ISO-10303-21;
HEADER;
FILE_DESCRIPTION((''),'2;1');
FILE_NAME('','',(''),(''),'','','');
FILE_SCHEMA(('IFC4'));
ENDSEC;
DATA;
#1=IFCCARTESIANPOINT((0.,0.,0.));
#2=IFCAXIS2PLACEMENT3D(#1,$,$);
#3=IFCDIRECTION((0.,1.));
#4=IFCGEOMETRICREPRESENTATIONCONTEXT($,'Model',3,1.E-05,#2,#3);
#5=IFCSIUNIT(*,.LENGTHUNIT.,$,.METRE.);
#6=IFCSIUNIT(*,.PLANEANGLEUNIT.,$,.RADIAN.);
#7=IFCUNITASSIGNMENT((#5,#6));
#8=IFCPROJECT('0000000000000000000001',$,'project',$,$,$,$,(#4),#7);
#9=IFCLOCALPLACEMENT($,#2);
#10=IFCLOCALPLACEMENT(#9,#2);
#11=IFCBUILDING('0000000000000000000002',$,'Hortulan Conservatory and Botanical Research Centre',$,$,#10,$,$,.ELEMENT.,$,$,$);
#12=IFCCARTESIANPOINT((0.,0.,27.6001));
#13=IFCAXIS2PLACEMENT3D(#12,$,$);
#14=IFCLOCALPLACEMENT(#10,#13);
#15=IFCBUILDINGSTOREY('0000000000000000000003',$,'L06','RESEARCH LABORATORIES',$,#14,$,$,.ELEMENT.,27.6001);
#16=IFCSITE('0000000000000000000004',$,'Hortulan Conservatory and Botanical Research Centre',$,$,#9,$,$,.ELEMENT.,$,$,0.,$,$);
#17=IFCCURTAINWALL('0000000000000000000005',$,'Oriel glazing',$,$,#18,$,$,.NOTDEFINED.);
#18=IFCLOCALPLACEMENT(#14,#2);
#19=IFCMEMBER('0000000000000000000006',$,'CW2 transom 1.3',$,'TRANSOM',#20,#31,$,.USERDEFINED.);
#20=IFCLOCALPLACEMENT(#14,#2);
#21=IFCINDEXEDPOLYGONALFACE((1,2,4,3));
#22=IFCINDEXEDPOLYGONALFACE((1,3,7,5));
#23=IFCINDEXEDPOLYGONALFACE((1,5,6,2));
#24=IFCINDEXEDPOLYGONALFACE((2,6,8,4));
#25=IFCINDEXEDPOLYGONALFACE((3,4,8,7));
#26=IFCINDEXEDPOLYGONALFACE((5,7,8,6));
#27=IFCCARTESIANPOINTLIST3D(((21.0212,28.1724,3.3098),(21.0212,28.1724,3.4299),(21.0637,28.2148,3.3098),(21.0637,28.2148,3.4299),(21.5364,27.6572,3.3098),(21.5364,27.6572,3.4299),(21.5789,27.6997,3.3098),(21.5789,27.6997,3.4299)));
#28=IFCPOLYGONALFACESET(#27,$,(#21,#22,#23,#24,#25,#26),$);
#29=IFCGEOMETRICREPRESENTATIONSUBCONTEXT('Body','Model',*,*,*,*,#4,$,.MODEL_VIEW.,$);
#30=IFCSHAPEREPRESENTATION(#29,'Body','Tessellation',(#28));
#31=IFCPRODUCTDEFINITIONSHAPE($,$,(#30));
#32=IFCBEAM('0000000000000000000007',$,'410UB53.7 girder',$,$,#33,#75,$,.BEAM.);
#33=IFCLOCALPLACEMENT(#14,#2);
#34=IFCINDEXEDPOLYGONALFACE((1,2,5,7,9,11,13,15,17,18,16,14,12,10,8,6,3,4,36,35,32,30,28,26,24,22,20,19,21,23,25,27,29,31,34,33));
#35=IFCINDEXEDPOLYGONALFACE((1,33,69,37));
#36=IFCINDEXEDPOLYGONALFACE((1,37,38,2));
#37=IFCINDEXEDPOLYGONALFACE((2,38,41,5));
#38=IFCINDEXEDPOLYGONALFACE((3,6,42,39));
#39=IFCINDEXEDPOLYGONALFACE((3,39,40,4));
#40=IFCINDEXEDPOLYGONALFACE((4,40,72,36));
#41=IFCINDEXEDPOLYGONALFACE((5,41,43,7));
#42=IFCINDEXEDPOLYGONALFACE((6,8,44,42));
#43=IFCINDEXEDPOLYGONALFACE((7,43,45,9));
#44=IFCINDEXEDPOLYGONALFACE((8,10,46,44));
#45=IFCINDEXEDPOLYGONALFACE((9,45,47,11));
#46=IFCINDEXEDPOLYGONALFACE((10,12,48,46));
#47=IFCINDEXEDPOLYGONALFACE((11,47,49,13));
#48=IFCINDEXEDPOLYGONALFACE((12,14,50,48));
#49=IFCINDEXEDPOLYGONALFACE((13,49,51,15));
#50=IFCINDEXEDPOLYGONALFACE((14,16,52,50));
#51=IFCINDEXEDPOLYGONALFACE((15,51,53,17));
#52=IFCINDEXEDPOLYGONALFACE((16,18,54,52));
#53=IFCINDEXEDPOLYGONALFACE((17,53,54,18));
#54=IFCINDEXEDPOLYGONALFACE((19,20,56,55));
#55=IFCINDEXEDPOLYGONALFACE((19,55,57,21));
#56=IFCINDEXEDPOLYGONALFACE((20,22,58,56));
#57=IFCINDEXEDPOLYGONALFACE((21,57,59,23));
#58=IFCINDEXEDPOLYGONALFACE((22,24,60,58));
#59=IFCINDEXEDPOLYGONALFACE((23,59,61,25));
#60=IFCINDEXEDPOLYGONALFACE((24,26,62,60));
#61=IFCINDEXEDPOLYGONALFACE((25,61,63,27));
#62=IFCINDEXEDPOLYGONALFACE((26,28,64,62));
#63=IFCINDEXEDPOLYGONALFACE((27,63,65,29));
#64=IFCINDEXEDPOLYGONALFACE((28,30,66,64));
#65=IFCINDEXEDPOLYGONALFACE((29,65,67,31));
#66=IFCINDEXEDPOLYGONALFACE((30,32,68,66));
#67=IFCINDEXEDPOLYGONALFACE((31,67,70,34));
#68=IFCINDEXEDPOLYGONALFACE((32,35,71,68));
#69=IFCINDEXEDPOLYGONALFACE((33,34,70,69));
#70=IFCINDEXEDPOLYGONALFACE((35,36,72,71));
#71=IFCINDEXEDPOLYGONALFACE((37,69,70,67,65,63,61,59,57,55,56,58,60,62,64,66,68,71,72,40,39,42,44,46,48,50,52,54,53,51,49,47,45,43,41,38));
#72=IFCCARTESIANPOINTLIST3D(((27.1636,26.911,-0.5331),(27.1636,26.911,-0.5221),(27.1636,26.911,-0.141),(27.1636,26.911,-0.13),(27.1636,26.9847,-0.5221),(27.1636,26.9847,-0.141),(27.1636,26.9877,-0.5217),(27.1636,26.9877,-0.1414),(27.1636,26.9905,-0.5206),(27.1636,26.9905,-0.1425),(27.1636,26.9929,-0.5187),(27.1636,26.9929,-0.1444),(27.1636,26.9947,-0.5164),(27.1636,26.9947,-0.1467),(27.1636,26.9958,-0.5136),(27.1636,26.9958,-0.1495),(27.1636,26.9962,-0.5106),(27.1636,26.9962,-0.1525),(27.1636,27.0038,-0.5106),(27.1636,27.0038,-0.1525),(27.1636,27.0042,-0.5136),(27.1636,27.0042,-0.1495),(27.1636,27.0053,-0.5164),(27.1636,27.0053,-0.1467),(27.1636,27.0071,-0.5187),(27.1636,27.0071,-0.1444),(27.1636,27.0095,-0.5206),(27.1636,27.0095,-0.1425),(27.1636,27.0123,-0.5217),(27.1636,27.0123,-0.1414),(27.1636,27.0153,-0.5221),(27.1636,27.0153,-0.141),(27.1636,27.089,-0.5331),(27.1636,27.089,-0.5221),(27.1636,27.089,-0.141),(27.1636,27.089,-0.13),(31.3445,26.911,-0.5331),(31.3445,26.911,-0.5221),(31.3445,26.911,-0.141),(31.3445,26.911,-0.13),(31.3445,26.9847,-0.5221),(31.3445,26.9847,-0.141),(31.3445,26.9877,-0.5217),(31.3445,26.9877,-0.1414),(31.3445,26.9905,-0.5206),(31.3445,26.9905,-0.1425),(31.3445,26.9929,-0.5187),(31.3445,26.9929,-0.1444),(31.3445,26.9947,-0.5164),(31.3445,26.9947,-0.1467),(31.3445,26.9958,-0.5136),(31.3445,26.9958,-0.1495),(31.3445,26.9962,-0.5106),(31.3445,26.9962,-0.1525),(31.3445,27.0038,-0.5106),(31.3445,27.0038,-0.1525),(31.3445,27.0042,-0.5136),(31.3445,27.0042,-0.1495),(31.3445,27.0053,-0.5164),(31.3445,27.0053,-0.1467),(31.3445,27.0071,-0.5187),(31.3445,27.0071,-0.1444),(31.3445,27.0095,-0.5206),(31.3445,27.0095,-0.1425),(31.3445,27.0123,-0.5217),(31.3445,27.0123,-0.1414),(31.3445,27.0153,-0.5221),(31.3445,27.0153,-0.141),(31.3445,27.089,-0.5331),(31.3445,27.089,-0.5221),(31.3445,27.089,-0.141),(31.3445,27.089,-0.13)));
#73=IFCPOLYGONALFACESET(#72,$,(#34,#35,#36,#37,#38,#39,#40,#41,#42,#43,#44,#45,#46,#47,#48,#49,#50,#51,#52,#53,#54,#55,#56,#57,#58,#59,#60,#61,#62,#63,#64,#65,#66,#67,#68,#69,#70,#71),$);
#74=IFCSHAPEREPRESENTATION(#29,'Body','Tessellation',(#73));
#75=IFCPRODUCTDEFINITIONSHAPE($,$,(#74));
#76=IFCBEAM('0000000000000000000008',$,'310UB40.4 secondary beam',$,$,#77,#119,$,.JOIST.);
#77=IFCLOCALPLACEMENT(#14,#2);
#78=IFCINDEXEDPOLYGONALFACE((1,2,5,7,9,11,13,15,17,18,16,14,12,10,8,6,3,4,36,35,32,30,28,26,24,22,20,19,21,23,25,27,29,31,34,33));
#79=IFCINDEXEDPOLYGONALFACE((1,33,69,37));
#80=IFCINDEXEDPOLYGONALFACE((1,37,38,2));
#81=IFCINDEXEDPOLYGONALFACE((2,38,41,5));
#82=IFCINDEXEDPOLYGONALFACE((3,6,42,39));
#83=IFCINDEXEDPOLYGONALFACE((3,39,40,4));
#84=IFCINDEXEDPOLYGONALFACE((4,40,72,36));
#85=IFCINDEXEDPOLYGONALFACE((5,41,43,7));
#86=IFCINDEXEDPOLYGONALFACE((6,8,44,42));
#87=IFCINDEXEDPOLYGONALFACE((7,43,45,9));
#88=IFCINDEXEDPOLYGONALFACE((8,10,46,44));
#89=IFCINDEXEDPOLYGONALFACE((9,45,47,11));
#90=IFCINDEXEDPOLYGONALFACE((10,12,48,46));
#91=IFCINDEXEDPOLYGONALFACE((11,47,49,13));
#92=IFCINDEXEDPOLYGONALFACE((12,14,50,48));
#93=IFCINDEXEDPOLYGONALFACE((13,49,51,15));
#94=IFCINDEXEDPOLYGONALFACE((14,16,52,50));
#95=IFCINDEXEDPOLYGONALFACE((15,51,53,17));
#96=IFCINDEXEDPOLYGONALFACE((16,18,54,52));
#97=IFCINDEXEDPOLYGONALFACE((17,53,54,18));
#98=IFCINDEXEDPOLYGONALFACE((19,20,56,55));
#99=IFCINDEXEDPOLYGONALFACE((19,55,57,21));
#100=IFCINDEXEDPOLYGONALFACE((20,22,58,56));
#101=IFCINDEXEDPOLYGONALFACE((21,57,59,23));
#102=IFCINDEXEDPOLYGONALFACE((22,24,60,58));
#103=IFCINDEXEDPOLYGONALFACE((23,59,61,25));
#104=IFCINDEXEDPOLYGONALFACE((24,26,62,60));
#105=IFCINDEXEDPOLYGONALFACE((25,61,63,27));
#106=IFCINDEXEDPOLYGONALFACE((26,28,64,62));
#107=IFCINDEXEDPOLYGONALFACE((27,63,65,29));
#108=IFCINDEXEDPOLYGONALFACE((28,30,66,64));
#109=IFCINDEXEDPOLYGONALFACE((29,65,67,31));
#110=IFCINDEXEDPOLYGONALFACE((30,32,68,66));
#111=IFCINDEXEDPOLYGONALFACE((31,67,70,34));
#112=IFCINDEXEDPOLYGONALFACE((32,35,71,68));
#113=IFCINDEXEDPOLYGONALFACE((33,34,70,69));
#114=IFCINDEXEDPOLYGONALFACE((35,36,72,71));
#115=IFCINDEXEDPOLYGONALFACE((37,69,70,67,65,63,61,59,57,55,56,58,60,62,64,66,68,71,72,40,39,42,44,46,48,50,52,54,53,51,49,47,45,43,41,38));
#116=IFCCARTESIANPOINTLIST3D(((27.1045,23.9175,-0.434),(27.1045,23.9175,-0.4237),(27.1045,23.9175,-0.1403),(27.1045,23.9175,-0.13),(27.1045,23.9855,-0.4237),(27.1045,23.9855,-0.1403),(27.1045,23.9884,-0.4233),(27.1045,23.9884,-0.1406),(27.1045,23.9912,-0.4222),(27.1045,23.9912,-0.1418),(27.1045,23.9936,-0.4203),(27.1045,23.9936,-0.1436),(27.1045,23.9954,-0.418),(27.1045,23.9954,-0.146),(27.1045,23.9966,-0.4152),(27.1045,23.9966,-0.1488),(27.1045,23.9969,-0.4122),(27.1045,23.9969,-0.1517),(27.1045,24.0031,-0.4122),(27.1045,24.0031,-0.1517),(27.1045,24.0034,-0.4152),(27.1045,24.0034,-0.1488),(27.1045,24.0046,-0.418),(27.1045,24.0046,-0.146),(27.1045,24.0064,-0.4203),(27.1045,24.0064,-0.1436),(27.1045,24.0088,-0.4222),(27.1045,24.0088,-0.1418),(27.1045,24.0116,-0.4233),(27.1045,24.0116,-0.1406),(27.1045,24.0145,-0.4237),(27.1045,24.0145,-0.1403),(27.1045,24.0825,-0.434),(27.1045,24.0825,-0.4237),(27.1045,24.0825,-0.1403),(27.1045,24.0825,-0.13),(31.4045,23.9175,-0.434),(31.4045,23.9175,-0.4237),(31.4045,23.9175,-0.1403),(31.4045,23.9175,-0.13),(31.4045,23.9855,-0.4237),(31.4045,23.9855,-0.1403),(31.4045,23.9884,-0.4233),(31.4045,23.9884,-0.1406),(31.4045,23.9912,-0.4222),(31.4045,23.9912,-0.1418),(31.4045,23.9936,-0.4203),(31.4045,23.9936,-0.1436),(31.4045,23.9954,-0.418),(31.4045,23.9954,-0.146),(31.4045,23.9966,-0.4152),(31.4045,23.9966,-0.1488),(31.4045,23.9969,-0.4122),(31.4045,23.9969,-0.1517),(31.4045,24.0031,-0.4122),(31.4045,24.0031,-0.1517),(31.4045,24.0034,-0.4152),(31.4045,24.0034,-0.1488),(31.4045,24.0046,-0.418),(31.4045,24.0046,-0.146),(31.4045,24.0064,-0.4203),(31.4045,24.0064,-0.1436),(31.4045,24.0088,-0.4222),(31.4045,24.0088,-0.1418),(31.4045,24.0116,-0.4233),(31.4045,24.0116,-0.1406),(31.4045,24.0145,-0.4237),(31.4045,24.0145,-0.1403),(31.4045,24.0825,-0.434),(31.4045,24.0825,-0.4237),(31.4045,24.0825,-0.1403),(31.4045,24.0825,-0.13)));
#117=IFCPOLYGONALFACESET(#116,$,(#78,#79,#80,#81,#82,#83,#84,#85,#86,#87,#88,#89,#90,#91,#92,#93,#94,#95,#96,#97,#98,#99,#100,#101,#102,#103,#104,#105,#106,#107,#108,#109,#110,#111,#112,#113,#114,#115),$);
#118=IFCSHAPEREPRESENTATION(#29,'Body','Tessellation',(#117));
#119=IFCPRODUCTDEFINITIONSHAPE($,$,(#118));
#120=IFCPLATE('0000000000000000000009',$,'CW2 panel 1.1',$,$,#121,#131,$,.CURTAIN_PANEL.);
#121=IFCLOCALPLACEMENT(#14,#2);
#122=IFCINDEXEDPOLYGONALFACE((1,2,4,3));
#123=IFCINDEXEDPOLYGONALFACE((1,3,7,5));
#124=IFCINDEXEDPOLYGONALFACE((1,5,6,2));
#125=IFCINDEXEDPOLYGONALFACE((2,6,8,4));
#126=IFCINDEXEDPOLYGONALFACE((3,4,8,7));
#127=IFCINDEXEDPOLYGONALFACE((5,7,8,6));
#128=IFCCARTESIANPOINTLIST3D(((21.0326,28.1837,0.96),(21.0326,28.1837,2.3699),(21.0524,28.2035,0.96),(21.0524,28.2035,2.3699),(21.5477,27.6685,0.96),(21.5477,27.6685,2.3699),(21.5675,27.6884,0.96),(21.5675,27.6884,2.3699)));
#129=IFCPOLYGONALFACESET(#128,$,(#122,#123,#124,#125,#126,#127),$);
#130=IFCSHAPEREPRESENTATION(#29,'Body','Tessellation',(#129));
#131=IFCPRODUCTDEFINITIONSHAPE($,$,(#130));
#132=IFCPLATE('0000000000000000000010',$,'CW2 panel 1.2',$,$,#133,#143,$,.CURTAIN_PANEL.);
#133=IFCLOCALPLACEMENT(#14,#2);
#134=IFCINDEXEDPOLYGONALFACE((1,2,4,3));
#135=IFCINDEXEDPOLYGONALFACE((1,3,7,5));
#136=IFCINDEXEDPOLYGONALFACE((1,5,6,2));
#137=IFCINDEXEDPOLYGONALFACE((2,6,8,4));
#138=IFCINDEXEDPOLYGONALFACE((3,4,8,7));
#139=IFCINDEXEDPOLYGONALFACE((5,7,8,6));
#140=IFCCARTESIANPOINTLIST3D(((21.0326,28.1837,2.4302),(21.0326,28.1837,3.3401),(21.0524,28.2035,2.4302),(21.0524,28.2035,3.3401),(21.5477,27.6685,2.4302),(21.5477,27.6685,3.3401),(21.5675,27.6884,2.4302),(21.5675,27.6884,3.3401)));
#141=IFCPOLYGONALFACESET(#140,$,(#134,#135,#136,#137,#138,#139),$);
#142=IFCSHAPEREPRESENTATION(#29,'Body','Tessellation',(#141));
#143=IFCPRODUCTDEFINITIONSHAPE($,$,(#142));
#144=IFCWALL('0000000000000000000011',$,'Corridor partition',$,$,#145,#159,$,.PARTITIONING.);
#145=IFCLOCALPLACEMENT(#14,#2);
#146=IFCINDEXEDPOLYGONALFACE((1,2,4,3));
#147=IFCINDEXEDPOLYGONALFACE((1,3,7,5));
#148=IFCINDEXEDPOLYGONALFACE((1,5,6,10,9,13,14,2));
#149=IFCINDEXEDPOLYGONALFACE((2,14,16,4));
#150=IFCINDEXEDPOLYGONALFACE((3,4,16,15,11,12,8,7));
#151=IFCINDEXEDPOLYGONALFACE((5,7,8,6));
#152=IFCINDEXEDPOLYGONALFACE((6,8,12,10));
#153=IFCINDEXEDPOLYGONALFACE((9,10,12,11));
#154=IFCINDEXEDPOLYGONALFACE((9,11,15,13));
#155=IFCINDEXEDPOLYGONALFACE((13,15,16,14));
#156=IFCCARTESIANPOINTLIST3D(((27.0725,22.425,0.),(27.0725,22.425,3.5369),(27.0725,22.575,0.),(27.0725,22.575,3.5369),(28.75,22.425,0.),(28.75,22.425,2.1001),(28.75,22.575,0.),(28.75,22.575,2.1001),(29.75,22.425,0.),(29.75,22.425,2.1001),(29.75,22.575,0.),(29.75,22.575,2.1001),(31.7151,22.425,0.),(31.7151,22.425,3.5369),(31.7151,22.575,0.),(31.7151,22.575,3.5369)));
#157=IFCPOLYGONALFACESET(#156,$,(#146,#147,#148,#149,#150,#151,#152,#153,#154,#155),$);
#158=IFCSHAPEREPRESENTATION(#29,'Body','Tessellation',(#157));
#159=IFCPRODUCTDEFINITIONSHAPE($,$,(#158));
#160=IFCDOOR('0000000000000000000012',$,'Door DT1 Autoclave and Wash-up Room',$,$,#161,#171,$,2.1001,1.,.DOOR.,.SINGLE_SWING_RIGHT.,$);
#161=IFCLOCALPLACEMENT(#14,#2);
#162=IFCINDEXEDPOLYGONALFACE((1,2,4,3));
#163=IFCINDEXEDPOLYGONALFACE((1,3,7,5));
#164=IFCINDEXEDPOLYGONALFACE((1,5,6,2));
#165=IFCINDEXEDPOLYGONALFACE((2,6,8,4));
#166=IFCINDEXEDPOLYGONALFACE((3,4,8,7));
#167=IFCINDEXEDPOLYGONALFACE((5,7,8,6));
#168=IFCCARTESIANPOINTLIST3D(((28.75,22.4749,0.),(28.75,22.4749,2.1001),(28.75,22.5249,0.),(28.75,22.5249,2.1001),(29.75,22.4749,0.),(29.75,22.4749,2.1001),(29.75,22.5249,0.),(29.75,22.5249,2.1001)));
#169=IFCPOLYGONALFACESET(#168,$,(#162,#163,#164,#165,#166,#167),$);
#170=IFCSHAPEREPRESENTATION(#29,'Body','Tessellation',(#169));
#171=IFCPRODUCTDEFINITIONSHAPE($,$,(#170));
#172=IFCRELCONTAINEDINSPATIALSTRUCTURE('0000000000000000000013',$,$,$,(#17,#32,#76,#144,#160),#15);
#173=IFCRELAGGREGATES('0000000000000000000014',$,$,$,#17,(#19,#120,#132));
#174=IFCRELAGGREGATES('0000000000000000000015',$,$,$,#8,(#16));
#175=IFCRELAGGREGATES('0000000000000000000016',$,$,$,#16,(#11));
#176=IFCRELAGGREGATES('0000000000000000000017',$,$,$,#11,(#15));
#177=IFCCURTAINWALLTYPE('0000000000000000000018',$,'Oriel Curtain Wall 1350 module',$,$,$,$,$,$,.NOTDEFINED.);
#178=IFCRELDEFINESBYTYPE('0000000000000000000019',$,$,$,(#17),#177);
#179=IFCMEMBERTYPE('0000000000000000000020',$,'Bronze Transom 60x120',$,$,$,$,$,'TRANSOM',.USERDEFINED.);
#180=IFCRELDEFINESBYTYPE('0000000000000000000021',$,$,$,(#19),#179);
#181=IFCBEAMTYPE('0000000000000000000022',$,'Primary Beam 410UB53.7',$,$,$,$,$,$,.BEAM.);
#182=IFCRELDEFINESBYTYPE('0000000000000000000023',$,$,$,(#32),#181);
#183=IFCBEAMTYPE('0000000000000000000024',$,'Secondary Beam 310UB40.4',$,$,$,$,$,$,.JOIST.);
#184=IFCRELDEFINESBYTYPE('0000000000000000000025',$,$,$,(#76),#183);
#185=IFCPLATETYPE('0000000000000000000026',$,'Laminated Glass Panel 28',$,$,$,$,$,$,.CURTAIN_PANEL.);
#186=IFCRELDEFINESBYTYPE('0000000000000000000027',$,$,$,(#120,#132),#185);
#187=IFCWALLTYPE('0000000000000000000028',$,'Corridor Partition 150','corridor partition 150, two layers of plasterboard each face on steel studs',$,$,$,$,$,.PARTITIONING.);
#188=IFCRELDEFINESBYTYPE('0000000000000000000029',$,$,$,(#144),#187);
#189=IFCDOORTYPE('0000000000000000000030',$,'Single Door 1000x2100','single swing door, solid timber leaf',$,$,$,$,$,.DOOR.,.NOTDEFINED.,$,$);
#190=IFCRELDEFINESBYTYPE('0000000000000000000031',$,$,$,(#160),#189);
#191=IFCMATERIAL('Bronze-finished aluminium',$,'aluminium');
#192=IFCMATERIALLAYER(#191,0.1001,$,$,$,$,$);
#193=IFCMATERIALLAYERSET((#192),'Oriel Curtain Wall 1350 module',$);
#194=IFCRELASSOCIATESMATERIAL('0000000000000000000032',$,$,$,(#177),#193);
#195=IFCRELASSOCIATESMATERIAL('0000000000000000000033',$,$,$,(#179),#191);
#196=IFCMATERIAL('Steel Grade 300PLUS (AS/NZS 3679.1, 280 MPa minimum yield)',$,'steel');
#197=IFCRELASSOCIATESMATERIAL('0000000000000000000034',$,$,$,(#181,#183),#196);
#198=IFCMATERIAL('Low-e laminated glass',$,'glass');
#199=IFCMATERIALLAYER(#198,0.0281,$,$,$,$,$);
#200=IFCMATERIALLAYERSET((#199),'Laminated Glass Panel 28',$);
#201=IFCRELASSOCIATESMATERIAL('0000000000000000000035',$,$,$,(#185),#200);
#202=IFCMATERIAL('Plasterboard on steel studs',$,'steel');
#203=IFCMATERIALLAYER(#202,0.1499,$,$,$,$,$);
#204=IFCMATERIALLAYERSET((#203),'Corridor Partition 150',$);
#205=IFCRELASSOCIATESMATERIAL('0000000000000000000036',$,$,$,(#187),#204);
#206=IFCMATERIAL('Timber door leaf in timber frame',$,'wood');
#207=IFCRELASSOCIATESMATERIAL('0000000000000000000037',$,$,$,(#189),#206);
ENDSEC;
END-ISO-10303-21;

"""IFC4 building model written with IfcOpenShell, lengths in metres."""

from ifc_helpers import new_model, si_unit, direction, frame, frame_2d, origin, origin_2d, place, context, subcontext, project, spatial, rectangle, i_section, extrude, material, layer, layer_set, material_profile, profile_set, type_object, element, fill, aggregate, save


model = new_model("IFC4")

# Units and contexts
model_context = context("Model", 3, precision=1e-05, world=origin(), true_north=direction((0.0, 1.0)))
body_context = subcontext(model_context, "Body", "Model", "MODEL_VIEW")
ifc_project = project(units=[si_unit("LENGTHUNIT", "METRE"), si_unit("PLANEANGLEUNIT", "RADIAN")], contexts=[model_context])

# Site, building, storey
site_placement = place(None, origin())
site = spatial("IfcSite", under=ifc_project, at=site_placement, Name="Hortulan Conservatory and Botanical Research Centre", CompositionType="ELEMENT", RefElevation=0.0)
building_placement = place(site_placement, origin())
building = spatial("IfcBuilding", under=site, at=building_placement, Name="Hortulan Conservatory and Botanical Research Centre", CompositionType="ELEMENT")
storey_placement = place(building_placement, frame((0.0, 0.0, 27.6001)))
storey = spatial("IfcBuildingStorey", under=building, at=storey_placement, Name="L06", Description="RESEARCH LABORATORIES", CompositionType="ELEMENT", Elevation=27.6001)

# Shared definitions
ifc_material_1 = material(Name="Steel Grade 300PLUS (AS/NZS 3679.1, 280 MPa minimum yield)", Category="steel")

# Curtain wall, member
ifc_material_2 = material(Name="Bronze-finished aluminium", Category="aluminium")
ifc_layer_1 = layer(ifc_material_2, 0.1001)
ifc_layer_set_1 = layer_set([ifc_layer_1], Name="Oriel Curtain Wall 1350 module")
curtain_wall_type = type_object("IfcCurtainWallType", Name="Oriel Curtain Wall 1350 module", PredefinedType="NOTDEFINED", material=ifc_layer_set_1)
curtain_wall_placement = place(storey_placement, origin())
curtain_wall = element("IfcCurtainWall", 1, at=curtain_wall_placement, inside=storey, type_object=curtain_wall_type, Name="Oriel glazing", PredefinedType="NOTDEFINED")
ifc_material_profile_1 = material_profile(ifc_material_2, rectangle(XDim=0.0601, YDim=0.1201, at=origin_2d()), Name="Bronze Transom 60x120")
ifc_profile_set_1 = profile_set([ifc_material_profile_1], Name="Bronze-finished aluminium")
member_type_1 = type_object("IfcMemberType", Name="Bronze Transom 60x120", ElementType="TRANSOM", PredefinedType="USERDEFINED", material=ifc_profile_set_1)
member_1_placement = place(storey_placement, frame((21.0425, 28.1936, 3.3699), z_axis=(0.707107, -0.707107, 0.0), x_axis=(0.707107, 0.707107, 0.0)))
member_1 = element("IfcMember", 2, at=member_1_placement, type_object=member_type_1, Name="CW2 transom 1.3", ObjectType="TRANSOM", PredefinedType="USERDEFINED", context=body_context, shape_type="SweptSolid", body=[
    extrude(rectangle(XDim=0.0601, YDim=0.1201, at=origin_2d()), origin(), (0.0, 0.0, 1.0), 0.7285),
])

# Beams
ifc_material_profile_2 = material_profile(ifc_material_1, i_section(OverallWidth=0.178, OverallDepth=0.4031, WebThickness=0.0076, FlangeThickness=0.011, FilletRadius=0.0115, at=origin_2d()), Name="410UB53.7")
ifc_profile_set_2 = profile_set([ifc_material_profile_2], Name="Steel Grade 300PLUS (AS/NZS 3679.1, 280 MPa minimum yield)")
beam_type_1 = type_object("IfcBeamType", Name="Primary Beam 410UB53.7", PredefinedType="BEAM", material=ifc_profile_set_2)
beam_1_placement = place(storey_placement, frame((27.1636, 27.0, -0.3315), z_axis=(1.0, 0.0, 0.0), x_axis=(0.0, 1.0, 0.0)))
element("IfcBeam", 3, at=beam_1_placement, inside=storey, type_object=beam_type_1, Name="410UB53.7 girder", PredefinedType="BEAM", context=body_context, shape_type="SweptSolid", body=[
    extrude(i_section(OverallWidth=0.178, OverallDepth=0.4031, WebThickness=0.0076, FlangeThickness=0.011, FilletRadius=0.0115, at=origin_2d()), origin(), (0.0, 0.0, 1.0), 4.1809),
])
ifc_material_profile_3 = material_profile(ifc_material_1, i_section(OverallWidth=0.165, OverallDepth=0.304, WebThickness=0.0061, FlangeThickness=0.0103, FilletRadius=0.0115, at=origin_2d()), Name="310UB40.4")
ifc_profile_set_3 = profile_set([ifc_material_profile_3], Name="Steel Grade 300PLUS (AS/NZS 3679.1, 280 MPa minimum yield)")
beam_type_2 = type_object("IfcBeamType", Name="Secondary Beam 310UB40.4", PredefinedType="JOIST", material=ifc_profile_set_3)
beam_2_placement = place(storey_placement, frame((27.1045, 24.0, -0.282), z_axis=(1.0, 0.0, 0.0), x_axis=(0.0, 1.0, 0.0)))
element("IfcBeam", 4, at=beam_2_placement, inside=storey, type_object=beam_type_2, Name="310UB40.4 secondary beam", PredefinedType="JOIST", context=body_context, shape_type="SweptSolid", body=[
    extrude(i_section(OverallWidth=0.165, OverallDepth=0.304, WebThickness=0.0061, FlangeThickness=0.0103, FilletRadius=0.0115, at=origin_2d()), origin(), (0.0, 0.0, 1.0), 4.3),
])

# Plates
ifc_material_3 = material(Name="Low-e laminated glass", Category="glass")
ifc_layer_2 = layer(ifc_material_3, 0.0281)
ifc_layer_set_2 = layer_set([ifc_layer_2], Name="Laminated Glass Panel 28")
plate_type = type_object("IfcPlateType", Name="Laminated Glass Panel 28", PredefinedType="CURTAIN_PANEL", material=ifc_layer_set_2)
plate_1_placement = place(storey_placement, frame((21.3, 27.936, 0.96), z_axis=(0.0, 0.0, 1.0), x_axis=(0.707107, -0.707107, 0.0)))
plate_1 = element("IfcPlate", 5, at=plate_1_placement, type_object=plate_type, Name="CW2 panel 1.1", PredefinedType="CURTAIN_PANEL", context=body_context, shape_type="SweptSolid", body=[
    extrude(rectangle(XDim=0.7285, YDim=0.0281, at=origin_2d()), origin(), (0.0, 0.0, 1.0), 1.4099),
])
plate_2_placement = place(storey_placement, frame((21.3, 27.936, 2.4302), z_axis=(0.0, 0.0, 1.0), x_axis=(0.707107, -0.707107, 0.0)))
plate_2 = element("IfcPlate", 6, at=plate_2_placement, type_object=plate_type, Name="CW2 panel 1.2", PredefinedType="CURTAIN_PANEL", context=body_context, shape_type="SweptSolid", body=[
    extrude(rectangle(XDim=0.7285, YDim=0.0281, at=origin_2d()), origin(), (0.0, 0.0, 1.0), 0.9099),
])
aggregate(curtain_wall, [member_1, plate_1, plate_2])

# Wall, opening, door
ifc_material_4 = material(Name="Plasterboard on steel studs", Category="steel")
ifc_layer_3 = layer(ifc_material_4, 0.1499)
ifc_layer_set_3 = layer_set([ifc_layer_3], Name="Corridor Partition 150")
wall_type_1 = type_object("IfcWallType", Name="Corridor Partition 150", Description="corridor partition 150, two layers of plasterboard each face on steel studs", PredefinedType="PARTITIONING", material=ifc_layer_set_3)
wall_1_placement = place(storey_placement, frame((27.0725, 22.5, 0.0), z_axis=(0.0, 0.0, 1.0), x_axis=(1.0, 0.0, 0.0)))
wall_1 = element("IfcWall", 7, at=wall_1_placement, inside=storey, type_object=wall_type_1, Name="Corridor partition", PredefinedType="PARTITIONING", context=body_context, shape_type="SweptSolid", body=[
    extrude(rectangle(XDim=4.6426, YDim=0.1499, at=frame_2d((2.3213, 0.0))), origin(), (0.0, 0.0, 1.0), 3.5369),
])
opening_1_placement = place(wall_1_placement, frame((1.6775, 0.0, 0.0)))
opening_1 = element("IfcOpeningElement", 8, at=opening_1_placement, cuts=wall_1, PredefinedType="OPENING", context=body_context, shape_type="SweptSolid", body=[
    extrude(rectangle(XDim=1.0, YDim=2.1001, at=frame_2d((0.5, 1.05))), frame((0.0, 0.085, 0.0), z_axis=(0.0, -1.0, 0.0), x_axis=(1.0, 0.0, 0.0)), (0.0, 0.0, 1.0), 0.1699),
])
ifc_material_5 = material(Name="Timber door leaf in timber frame", Category="wood")
door_type = type_object("IfcDoorType", Name="Single Door 1000x2100", Description="single swing door, solid timber leaf", OperationType="NOTDEFINED", PredefinedType="DOOR", material=ifc_material_5)
door_placement = place(opening_1_placement, origin())
door = element("IfcDoor", 9, at=door_placement, inside=storey, type_object=door_type, Name="Door DT1 Autoclave and Wash-up Room", OperationType="SINGLE_SWING_RIGHT", OverallHeight=2.1001, OverallWidth=1.0, PredefinedType="DOOR", context=body_context, shape_type="SweptSolid", body=[
    extrude(rectangle(XDim=1.0, YDim=2.1001, at=frame_2d((0.5, 1.05))), frame((0.0, 0.0249, 0.0), z_axis=(0.0, -1.0, 0.0), x_axis=(1.0, 0.0, 0.0)), (0.0, 0.0, 1.0), 0.05),
])
fill(opening_1, door)

save(model, "model.ifc")
